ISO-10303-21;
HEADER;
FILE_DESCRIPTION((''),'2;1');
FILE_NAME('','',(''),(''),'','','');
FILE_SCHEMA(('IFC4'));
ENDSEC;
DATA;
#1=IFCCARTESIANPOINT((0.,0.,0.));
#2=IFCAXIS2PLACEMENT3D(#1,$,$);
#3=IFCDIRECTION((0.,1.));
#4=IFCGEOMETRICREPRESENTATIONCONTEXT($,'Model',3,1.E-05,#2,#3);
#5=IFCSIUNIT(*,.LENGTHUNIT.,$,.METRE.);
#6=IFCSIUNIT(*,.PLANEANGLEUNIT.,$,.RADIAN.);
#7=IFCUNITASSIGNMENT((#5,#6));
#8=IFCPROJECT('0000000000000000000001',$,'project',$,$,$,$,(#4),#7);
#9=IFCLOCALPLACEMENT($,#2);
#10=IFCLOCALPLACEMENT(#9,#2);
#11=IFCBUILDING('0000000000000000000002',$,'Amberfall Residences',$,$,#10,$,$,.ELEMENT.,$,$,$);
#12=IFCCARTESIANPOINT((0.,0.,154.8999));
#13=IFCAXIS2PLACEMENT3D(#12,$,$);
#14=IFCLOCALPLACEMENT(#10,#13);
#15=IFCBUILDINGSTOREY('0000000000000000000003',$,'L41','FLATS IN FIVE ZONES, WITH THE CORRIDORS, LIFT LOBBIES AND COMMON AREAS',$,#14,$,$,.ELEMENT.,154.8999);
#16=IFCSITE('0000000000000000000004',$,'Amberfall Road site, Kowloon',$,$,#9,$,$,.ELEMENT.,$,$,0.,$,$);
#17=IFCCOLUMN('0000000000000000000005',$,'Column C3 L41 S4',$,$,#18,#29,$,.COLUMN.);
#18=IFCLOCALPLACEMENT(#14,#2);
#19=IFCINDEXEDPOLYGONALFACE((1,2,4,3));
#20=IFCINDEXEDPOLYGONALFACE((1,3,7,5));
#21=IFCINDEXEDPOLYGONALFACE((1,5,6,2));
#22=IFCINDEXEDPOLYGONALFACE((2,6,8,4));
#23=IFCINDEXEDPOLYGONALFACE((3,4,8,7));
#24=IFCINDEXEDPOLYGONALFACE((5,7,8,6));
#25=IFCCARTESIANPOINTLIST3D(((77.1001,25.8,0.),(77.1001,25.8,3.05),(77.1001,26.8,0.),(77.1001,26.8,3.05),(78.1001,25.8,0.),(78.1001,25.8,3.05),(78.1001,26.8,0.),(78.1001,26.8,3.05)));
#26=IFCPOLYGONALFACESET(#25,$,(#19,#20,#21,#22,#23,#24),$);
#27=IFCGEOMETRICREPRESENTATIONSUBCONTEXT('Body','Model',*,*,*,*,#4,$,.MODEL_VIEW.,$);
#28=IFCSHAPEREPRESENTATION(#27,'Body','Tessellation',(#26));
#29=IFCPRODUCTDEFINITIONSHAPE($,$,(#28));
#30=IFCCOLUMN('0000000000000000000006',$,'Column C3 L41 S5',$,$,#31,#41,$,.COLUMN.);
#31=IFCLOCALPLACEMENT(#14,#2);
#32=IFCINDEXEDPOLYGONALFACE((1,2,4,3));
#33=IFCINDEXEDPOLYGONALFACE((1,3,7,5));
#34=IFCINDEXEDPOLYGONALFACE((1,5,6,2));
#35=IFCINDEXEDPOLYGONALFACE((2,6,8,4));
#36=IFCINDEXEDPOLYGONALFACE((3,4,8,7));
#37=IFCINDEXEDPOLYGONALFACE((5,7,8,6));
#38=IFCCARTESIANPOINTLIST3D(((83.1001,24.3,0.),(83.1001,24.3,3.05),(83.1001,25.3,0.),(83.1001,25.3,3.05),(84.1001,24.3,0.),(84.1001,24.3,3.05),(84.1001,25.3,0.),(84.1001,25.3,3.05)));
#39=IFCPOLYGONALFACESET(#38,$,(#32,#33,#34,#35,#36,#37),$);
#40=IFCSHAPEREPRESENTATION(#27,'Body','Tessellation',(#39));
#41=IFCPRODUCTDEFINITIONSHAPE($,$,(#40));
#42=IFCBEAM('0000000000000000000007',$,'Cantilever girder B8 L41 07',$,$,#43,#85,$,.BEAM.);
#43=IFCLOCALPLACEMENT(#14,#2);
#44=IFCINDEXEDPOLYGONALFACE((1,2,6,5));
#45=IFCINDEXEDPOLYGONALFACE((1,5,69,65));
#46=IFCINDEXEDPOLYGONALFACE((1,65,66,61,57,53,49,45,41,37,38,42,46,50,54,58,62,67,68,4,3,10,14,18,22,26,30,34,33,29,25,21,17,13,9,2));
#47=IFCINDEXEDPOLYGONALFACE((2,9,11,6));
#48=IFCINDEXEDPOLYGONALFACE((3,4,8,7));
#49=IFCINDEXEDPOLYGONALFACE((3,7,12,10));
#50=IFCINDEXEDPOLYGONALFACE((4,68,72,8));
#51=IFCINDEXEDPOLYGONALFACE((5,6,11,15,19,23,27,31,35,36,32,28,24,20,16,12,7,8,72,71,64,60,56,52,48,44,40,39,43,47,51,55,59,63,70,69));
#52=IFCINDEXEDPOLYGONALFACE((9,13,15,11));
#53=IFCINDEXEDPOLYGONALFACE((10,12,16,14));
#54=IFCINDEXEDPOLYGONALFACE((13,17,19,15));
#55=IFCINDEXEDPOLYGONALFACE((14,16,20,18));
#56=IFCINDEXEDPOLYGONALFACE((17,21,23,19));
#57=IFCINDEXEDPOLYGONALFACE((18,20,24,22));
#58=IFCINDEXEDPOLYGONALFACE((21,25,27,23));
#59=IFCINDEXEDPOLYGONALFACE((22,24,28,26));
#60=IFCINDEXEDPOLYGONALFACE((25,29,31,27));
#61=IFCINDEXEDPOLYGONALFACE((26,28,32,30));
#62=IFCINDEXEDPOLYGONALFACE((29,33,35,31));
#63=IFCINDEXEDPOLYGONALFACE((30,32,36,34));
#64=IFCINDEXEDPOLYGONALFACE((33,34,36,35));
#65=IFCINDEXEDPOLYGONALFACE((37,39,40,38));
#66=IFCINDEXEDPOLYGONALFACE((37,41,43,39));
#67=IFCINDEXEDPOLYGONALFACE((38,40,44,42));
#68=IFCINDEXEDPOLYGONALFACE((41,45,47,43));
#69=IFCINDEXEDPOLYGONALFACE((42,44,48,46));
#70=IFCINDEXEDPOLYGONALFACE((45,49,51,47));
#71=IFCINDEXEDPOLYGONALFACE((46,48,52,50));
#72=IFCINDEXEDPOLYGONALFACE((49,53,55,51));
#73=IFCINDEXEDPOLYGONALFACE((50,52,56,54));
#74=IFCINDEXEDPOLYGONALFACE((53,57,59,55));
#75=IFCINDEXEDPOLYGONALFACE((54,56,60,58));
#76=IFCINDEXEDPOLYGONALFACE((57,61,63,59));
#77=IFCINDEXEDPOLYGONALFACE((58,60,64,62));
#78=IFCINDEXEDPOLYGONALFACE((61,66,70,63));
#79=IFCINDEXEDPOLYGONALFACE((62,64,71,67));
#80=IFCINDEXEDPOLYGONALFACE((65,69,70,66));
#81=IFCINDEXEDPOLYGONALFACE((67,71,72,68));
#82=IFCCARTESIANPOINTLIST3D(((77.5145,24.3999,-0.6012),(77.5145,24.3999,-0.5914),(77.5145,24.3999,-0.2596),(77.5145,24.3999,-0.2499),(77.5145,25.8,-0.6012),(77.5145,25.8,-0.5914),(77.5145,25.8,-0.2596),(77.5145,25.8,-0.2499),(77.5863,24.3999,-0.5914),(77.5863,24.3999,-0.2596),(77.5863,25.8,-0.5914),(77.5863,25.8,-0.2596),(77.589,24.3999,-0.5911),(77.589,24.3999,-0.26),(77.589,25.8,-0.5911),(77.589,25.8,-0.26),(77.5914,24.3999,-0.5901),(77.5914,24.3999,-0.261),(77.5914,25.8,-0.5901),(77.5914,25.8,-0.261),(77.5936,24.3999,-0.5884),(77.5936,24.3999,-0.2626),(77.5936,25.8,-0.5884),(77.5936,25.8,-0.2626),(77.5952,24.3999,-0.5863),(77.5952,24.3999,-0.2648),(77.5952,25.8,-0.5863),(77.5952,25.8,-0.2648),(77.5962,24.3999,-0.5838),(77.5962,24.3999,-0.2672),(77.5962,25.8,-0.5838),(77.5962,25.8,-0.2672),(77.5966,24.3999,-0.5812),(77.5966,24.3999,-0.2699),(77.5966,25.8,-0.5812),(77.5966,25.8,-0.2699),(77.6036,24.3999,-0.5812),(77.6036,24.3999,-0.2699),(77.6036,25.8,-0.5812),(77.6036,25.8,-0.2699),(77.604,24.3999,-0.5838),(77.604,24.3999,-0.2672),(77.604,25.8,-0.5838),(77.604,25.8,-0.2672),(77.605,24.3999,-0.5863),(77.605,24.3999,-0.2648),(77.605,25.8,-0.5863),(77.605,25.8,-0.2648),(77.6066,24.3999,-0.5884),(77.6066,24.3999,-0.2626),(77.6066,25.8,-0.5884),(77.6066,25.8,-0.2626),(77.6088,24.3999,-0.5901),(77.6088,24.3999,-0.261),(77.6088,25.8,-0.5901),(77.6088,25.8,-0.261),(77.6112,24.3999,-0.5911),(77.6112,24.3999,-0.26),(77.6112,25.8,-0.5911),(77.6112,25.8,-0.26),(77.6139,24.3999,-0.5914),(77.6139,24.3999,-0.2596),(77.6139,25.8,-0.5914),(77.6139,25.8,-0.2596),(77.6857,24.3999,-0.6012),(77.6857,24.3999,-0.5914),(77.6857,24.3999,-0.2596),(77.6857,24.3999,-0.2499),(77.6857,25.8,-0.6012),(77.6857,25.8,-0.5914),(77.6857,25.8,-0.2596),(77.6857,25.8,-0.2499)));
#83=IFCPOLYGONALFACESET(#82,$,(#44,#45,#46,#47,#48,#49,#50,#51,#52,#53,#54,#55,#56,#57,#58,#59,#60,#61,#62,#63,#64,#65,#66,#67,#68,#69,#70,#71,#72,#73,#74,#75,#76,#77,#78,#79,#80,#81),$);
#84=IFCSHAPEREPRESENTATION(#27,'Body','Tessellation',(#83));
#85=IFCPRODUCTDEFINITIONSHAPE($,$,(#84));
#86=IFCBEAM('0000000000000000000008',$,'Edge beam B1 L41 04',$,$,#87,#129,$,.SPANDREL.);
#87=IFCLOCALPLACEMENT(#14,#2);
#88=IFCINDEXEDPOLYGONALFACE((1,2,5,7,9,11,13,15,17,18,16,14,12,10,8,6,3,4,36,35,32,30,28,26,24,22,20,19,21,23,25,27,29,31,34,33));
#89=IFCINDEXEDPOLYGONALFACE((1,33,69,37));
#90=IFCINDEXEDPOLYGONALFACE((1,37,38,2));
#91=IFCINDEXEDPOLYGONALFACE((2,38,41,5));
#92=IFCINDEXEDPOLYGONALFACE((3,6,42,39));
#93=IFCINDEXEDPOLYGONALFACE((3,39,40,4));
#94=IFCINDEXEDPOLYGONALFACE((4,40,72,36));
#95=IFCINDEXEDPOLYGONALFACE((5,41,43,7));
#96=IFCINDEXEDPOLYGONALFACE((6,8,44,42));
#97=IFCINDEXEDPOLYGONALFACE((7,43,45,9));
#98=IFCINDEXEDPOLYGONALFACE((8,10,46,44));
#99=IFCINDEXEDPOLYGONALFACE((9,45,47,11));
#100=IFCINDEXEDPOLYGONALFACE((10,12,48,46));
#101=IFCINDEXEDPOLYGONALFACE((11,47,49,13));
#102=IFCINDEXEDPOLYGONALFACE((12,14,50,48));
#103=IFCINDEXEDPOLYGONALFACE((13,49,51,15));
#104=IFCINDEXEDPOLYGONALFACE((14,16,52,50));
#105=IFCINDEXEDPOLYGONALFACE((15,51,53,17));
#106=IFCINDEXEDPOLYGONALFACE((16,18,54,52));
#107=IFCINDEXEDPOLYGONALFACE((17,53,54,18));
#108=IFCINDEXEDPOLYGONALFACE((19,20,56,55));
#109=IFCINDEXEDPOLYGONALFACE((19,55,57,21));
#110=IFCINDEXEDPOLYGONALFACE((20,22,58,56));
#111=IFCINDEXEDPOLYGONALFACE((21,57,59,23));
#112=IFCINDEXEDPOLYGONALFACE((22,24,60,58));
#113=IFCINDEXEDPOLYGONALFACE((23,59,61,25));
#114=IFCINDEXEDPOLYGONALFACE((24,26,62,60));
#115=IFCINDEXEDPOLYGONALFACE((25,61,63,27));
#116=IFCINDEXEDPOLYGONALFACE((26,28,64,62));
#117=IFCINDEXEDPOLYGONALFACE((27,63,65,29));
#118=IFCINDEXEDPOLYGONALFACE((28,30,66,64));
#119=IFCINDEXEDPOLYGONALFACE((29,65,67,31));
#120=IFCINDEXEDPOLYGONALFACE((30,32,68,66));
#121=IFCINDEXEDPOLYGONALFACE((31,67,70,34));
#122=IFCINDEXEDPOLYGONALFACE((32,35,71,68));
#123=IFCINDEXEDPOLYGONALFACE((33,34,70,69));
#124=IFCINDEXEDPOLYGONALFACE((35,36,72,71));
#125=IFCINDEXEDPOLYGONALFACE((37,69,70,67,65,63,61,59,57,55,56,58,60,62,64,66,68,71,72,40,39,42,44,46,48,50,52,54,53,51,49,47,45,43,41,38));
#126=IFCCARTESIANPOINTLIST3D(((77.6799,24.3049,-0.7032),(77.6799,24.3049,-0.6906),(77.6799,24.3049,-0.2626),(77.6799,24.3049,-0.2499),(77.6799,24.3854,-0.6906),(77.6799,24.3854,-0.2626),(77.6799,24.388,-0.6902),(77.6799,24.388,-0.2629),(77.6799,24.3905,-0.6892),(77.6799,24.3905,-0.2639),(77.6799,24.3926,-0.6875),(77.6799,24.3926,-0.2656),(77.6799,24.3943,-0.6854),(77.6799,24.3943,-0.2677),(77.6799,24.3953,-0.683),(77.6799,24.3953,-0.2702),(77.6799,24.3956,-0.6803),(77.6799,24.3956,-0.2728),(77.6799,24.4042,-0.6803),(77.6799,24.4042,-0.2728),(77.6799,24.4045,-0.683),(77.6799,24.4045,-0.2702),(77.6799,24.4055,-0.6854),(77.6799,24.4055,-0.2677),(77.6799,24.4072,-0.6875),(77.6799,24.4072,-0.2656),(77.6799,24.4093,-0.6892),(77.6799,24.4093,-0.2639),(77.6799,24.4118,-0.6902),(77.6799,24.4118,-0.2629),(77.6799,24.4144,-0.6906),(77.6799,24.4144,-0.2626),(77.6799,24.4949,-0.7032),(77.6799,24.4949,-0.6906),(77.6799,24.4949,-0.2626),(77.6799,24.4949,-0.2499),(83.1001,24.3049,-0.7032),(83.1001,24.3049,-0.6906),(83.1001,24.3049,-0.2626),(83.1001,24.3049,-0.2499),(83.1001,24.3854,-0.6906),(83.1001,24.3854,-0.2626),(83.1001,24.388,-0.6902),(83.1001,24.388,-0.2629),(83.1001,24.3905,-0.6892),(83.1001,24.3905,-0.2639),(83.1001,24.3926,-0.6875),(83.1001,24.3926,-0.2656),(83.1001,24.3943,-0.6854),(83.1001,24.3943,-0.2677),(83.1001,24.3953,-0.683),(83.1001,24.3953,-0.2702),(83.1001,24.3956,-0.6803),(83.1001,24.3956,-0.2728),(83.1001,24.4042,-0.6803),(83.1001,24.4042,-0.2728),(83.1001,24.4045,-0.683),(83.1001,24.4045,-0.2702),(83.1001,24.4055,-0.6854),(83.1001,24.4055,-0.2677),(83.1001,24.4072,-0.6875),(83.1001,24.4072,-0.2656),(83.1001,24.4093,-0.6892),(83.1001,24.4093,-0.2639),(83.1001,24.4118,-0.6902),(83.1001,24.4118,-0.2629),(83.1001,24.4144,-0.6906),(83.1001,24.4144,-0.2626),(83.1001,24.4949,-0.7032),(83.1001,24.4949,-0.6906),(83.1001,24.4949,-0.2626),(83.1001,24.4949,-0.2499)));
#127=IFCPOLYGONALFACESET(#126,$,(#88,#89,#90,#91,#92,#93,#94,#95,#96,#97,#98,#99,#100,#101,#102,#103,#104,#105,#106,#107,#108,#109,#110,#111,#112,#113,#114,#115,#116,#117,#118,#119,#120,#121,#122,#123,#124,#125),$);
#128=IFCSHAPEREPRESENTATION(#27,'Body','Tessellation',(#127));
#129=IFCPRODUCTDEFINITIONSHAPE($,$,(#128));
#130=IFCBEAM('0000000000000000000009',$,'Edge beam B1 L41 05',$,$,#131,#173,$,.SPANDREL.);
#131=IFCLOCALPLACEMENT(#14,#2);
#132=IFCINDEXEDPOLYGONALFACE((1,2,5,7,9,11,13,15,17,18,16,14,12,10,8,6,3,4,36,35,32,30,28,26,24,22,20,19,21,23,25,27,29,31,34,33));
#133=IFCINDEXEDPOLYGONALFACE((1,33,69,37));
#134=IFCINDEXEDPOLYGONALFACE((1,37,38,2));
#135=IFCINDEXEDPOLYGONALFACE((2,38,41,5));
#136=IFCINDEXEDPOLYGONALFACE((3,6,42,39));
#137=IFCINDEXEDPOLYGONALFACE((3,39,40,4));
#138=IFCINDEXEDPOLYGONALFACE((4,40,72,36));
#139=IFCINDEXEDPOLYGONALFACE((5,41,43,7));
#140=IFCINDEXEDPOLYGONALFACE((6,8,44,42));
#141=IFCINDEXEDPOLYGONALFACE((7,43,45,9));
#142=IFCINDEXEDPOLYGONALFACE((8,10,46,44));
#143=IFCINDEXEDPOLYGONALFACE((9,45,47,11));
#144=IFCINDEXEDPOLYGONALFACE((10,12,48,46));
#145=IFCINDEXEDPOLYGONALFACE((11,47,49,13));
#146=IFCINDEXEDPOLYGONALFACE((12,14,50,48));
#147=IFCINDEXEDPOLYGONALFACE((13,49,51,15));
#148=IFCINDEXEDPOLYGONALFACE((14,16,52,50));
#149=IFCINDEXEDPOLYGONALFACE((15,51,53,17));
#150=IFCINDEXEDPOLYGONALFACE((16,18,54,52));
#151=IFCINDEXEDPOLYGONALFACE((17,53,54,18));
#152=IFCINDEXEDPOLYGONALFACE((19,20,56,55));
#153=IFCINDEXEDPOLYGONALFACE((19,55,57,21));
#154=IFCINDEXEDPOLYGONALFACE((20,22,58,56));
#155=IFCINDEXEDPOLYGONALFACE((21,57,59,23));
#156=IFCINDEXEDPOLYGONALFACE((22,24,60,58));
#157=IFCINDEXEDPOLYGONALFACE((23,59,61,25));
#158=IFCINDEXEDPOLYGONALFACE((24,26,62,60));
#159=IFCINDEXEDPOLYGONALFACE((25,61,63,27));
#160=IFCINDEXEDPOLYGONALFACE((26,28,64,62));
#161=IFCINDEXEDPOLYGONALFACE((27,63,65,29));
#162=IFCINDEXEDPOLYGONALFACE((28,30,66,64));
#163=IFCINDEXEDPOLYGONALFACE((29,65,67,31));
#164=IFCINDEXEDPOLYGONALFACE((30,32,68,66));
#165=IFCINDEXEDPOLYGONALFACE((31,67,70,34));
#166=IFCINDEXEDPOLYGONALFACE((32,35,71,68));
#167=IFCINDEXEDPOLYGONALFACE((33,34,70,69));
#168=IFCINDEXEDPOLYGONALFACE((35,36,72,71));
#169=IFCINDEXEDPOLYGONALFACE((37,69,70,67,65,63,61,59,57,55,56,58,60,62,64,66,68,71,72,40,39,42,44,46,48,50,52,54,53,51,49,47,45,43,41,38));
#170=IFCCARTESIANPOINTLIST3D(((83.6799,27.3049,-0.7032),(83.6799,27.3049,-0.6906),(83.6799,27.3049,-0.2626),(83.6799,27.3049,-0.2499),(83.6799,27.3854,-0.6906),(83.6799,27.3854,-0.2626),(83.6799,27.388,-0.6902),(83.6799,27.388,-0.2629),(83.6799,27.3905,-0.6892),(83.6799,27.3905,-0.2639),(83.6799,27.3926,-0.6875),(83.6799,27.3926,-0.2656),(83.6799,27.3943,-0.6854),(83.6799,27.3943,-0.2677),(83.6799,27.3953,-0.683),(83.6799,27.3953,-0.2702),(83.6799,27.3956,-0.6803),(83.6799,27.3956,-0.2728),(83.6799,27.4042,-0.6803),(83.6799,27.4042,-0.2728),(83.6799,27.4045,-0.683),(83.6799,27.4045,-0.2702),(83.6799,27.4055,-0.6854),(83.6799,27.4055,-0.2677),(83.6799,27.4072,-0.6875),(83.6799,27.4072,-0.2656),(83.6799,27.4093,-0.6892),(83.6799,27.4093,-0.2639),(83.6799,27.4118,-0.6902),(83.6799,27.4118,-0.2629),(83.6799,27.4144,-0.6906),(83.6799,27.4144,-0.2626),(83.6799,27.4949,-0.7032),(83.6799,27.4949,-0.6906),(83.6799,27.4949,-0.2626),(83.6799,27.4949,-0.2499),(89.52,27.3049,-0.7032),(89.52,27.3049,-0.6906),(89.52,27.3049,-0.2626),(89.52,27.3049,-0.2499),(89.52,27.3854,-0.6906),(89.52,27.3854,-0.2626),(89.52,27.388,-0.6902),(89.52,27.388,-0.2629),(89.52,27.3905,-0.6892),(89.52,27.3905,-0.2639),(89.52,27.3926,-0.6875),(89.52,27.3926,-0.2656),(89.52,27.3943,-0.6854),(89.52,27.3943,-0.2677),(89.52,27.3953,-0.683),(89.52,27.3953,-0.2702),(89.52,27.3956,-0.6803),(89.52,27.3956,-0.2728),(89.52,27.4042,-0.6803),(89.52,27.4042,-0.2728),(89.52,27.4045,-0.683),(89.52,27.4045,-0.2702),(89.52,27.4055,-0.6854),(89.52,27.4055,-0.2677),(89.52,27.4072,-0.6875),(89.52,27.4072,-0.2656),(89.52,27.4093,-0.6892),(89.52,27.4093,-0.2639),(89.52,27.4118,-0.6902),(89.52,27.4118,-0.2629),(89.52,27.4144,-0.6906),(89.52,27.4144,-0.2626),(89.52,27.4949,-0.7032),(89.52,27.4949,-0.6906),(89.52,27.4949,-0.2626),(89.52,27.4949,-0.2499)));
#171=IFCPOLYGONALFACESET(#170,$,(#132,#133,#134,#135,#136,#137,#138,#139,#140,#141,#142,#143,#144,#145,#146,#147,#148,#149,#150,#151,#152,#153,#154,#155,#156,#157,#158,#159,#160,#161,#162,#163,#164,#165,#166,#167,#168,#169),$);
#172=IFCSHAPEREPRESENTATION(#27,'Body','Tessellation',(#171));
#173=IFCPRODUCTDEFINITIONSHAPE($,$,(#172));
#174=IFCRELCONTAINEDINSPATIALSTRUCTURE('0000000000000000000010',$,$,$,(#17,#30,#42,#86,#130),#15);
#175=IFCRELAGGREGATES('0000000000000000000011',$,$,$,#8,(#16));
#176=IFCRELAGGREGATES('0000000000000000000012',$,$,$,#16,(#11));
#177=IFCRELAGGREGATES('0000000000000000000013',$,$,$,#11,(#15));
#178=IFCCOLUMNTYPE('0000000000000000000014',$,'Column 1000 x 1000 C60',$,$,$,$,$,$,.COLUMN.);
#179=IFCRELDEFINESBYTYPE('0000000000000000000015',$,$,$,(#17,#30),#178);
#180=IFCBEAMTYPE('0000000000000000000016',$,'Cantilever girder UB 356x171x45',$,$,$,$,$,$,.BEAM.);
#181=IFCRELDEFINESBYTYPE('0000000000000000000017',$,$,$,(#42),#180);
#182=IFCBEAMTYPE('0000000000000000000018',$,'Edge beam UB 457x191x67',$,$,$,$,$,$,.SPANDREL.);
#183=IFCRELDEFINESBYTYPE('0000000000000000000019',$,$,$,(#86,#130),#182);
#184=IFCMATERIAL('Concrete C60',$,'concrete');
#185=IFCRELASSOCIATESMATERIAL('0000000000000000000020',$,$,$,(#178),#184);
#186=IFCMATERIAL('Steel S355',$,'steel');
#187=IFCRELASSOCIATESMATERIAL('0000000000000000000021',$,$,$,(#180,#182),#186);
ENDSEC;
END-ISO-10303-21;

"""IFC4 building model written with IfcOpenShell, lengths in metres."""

from ifc_helpers import new_model, si_unit, direction, frame, origin, origin_2d, place, context, subcontext, project, spatial, rectangle, i_section, extrude, material, material_profile, profile_set, type_object, element, save


model = new_model("IFC4")

# Units and contexts
model_context = context("Model", 3, precision=1e-05, world=origin(), true_north=direction((0.0, 1.0)))
body_context = subcontext(model_context, "Body", "Model", "MODEL_VIEW")
ifc_project = project(units=[si_unit("LENGTHUNIT", "METRE"), si_unit("PLANEANGLEUNIT", "RADIAN")], contexts=[model_context])

# Site, building, storey
site_placement = place(None, origin())
site = spatial("IfcSite", under=ifc_project, at=site_placement, Name="Amberfall Road site, Kowloon", CompositionType="ELEMENT", RefElevation=0.0)
building_placement = place(site_placement, origin())
building = spatial("IfcBuilding", under=site, at=building_placement, Name="Amberfall Residences", CompositionType="ELEMENT")
storey_placement = place(building_placement, frame((0.0, 0.0, 154.8999)))
storey = spatial("IfcBuildingStorey", under=building, at=storey_placement, Name="L41", Description="FLATS IN FIVE ZONES, WITH THE CORRIDORS, LIFT LOBBIES AND COMMON AREAS", CompositionType="ELEMENT", Elevation=154.8999)

# Columns
ifc_material_1 = material(Name="Concrete C60", Category="concrete")
ifc_material_profile_1 = material_profile(ifc_material_1, rectangle(XDim=1.0, YDim=1.0, at=origin_2d()), Name="Column 1000 x 1000 C60")
ifc_profile_set_1 = profile_set([ifc_material_profile_1], Name="Concrete C60")
column_type = type_object("IfcColumnType", Name="Column 1000 x 1000 C60", PredefinedType="COLUMN", material=ifc_profile_set_1)
for number, where, z_axis, x_axis, name in (
    (1, (77.6001, 26.3, 0.0), (0.0, 0.0, 1.0), (1.0, 0.0, 0.0), "Column C3 L41 S4"),
    (2, (83.6001, 24.8, 0.0), (0.0, 0.0, 1.0), (1.0, 0.0, 0.0), "Column C3 L41 S5"),
):
    element("IfcColumn", number, at=place(storey_placement, frame(where, z_axis=z_axis, x_axis=x_axis)), inside=storey, type_object=column_type, Name=name, PredefinedType="COLUMN", context=body_context, shape_type="SweptSolid", body=[
        extrude(rectangle(XDim=1.0, YDim=1.0, at=origin_2d()), origin(), (0.0, 0.0, 1.0), 3.05),
    ])

# Beams
ifc_material_2 = material(Name="Steel S355", Category="steel")
ifc_material_profile_2 = material_profile(ifc_material_2, i_section(OverallWidth=0.1711, OverallDepth=0.3513, WebThickness=0.0071, FlangeThickness=0.0098, FilletRadius=0.0103, at=origin_2d()), Name="UB 356x171x45")
ifc_profile_set_2 = profile_set([ifc_material_profile_2], Name="Steel S355")
beam_type_1 = type_object("IfcBeamType", Name="Cantilever girder UB 356x171x45", PredefinedType="BEAM", material=ifc_profile_set_2)
beam_1_placement = place(storey_placement, frame((77.6001, 25.8, -0.4255), z_axis=(0.0, -1.0, 0.0), x_axis=(1.0, 0.0, 0.0)))
element("IfcBeam", 3, at=beam_1_placement, inside=storey, type_object=beam_type_1, Name="Cantilever girder B8 L41 07", PredefinedType="BEAM", context=body_context, shape_type="SweptSolid", body=[
    extrude(i_section(OverallWidth=0.1711, OverallDepth=0.3513, WebThickness=0.0071, FlangeThickness=0.0098, FilletRadius=0.0103, at=origin_2d()), origin(), (0.0, 0.0, 1.0), 1.4001),
])
ifc_material_profile_3 = material_profile(ifc_material_2, i_section(OverallWidth=0.1899, OverallDepth=0.4534, WebThickness=0.0085, FlangeThickness=0.0127, FilletRadius=0.0103, at=origin_2d()), Name="UB 457x191x67")
ifc_profile_set_3 = profile_set([ifc_material_profile_3], Name="Steel S355")
beam_type_2 = type_object("IfcBeamType", Name="Edge beam UB 457x191x67", PredefinedType="SPANDREL", material=ifc_profile_set_3)
beam_2_placement = place(storey_placement, frame((77.6799, 24.3999, -0.4766), z_axis=(1.0, 0.0, 0.0), x_axis=(0.0, 1.0, 0.0)))
element("IfcBeam", 4, at=beam_2_placement, inside=storey, type_object=beam_type_2, Name="Edge beam B1 L41 04", PredefinedType="SPANDREL", context=body_context, shape_type="SweptSolid", body=[
    extrude(i_section(OverallWidth=0.1899, OverallDepth=0.4534, WebThickness=0.0085, FlangeThickness=0.0127, FilletRadius=0.0103, at=origin_2d()), origin(), (0.0, 0.0, 1.0), 5.4202),
])
beam_3_placement = place(storey_placement, frame((83.6799, 27.3999, -0.4766), z_axis=(1.0, 0.0, 0.0), x_axis=(0.0, 1.0, 0.0)))
element("IfcBeam", 5, at=beam_3_placement, inside=storey, type_object=beam_type_2, Name="Edge beam B1 L41 05", PredefinedType="SPANDREL", context=body_context, shape_type="SweptSolid", body=[
    extrude(i_section(OverallWidth=0.1899, OverallDepth=0.4534, WebThickness=0.0085, FlangeThickness=0.0127, FilletRadius=0.0103, at=origin_2d()), origin(), (0.0, 0.0, 1.0), 5.8401),
])

save(model, "model.ifc")
